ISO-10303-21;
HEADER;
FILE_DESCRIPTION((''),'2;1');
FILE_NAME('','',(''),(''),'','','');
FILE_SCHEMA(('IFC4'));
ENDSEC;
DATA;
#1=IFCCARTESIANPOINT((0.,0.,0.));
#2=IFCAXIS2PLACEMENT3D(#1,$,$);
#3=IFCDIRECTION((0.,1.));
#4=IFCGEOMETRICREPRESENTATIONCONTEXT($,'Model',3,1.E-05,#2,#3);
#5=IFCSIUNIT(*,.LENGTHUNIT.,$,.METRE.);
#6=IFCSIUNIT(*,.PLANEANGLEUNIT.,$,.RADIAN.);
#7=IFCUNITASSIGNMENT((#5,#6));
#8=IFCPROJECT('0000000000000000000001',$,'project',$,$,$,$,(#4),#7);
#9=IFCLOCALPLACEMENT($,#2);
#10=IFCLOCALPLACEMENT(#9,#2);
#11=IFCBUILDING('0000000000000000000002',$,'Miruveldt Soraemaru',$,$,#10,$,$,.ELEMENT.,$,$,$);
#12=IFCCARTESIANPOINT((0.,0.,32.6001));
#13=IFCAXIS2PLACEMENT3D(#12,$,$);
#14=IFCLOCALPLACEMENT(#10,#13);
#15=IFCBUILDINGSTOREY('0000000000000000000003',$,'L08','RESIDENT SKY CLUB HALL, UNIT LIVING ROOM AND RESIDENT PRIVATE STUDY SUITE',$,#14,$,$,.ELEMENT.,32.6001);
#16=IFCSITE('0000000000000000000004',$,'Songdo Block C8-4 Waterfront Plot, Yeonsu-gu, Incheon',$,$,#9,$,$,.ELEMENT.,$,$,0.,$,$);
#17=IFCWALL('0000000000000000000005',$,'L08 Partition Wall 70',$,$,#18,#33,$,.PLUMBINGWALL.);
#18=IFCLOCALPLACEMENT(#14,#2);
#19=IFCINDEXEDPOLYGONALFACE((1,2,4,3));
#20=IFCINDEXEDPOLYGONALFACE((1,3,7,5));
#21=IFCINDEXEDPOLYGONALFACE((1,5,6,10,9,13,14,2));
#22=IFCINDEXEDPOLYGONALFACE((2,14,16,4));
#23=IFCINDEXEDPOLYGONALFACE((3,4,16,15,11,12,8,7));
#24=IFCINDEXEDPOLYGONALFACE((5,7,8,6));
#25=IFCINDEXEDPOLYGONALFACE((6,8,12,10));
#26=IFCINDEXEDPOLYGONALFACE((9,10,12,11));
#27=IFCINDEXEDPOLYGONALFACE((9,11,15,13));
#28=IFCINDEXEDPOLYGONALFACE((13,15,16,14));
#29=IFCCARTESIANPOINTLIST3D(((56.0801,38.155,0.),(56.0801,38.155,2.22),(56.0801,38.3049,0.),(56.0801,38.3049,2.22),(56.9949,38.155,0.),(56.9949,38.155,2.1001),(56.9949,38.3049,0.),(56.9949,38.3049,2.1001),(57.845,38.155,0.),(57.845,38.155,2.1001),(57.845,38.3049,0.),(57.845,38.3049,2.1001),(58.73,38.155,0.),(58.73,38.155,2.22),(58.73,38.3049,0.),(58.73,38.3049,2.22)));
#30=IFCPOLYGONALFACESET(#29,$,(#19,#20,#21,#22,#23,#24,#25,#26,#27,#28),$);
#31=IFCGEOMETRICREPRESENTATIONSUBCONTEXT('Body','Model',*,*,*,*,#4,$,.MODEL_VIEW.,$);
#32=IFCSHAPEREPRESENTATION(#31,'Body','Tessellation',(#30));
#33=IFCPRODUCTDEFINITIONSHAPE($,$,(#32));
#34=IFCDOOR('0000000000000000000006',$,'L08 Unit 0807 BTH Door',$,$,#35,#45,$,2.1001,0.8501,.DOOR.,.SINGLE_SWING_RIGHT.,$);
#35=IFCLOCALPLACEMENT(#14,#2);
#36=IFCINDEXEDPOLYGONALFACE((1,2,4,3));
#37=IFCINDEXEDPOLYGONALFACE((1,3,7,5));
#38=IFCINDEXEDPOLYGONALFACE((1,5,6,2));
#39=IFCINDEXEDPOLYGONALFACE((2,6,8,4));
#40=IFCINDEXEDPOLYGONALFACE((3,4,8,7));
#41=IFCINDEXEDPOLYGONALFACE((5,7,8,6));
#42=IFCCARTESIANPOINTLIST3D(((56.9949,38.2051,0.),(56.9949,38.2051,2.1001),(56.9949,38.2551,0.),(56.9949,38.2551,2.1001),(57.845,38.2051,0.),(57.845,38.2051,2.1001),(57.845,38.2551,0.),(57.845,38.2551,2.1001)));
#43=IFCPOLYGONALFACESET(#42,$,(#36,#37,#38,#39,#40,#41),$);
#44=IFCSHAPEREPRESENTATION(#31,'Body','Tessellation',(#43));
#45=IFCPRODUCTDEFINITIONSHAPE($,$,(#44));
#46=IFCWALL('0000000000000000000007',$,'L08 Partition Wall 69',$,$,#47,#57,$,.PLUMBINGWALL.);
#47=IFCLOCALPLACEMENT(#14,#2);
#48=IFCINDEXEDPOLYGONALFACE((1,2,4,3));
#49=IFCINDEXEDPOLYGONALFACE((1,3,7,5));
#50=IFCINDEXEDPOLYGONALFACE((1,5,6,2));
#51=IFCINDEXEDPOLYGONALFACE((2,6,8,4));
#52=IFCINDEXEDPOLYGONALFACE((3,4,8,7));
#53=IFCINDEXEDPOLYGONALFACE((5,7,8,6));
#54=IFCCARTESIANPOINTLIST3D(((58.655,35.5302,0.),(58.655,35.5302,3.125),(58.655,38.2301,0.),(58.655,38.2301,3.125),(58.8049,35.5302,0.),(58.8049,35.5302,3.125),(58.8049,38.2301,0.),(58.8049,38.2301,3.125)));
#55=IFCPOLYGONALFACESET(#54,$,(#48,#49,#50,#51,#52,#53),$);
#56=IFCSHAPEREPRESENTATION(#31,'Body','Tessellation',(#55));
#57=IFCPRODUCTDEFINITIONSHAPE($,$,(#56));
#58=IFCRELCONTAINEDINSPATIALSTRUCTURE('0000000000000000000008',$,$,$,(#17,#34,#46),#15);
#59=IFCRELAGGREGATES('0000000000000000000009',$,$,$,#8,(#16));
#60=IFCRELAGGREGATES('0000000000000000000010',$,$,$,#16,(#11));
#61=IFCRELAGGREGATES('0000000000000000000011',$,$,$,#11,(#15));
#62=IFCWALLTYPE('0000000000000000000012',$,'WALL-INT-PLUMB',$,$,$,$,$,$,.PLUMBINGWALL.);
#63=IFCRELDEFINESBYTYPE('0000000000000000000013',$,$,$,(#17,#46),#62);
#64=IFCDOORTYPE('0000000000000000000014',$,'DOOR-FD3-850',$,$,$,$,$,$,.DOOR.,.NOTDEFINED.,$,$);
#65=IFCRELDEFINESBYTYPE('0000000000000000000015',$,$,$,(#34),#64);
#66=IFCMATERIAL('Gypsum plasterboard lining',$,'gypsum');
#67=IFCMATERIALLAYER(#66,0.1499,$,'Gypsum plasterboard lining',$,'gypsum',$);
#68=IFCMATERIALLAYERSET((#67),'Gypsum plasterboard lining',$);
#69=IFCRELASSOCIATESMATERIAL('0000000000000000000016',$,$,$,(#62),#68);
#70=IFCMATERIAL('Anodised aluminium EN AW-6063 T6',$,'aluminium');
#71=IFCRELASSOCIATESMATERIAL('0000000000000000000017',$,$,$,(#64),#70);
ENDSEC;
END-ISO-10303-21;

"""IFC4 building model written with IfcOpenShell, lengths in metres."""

from ifc_helpers import new_model, si_unit, direction, frame, frame_2d, origin, place, context, subcontext, project, spatial, rectangle, extrude, material, layer, layer_set, type_object, element, fill, save


model = new_model("IFC4")

# Units and contexts
model_context = context("Model", 3, precision=1e-05, world=origin(), true_north=direction((0.0, 1.0)))
body_context = subcontext(model_context, "Body", "Model", "MODEL_VIEW")
ifc_project = project(units=[si_unit("LENGTHUNIT", "METRE"), si_unit("PLANEANGLEUNIT", "RADIAN")], contexts=[model_context])

# Site, building, storey
site_placement = place(None, origin())
site = spatial("IfcSite", under=ifc_project, at=site_placement, Name="Songdo Block C8-4 Waterfront Plot, Yeonsu-gu, Incheon", CompositionType="ELEMENT", RefElevation=0.0)
building_placement = place(site_placement, origin())
building = spatial("IfcBuilding", under=site, at=building_placement, Name="Miruveldt Soraemaru", CompositionType="ELEMENT")
storey_placement = place(building_placement, frame((0.0, 0.0, 32.6001)))
storey = spatial("IfcBuildingStorey", under=building, at=storey_placement, Name="L08", Description="RESIDENT SKY CLUB HALL, UNIT LIVING ROOM AND RESIDENT PRIVATE STUDY SUITE", CompositionType="ELEMENT", Elevation=32.6001)

# Shared definitions
ifc_material_1 = material(Name="Anodised aluminium EN AW-6063 T6", Category="aluminium")

# Shared definitions
ifc_material_2 = material(Name="Gypsum plasterboard lining", Category="gypsum")

# Wall, opening, door
ifc_layer_1 = layer(ifc_material_2, 0.1499, Name="Gypsum plasterboard lining", Category="gypsum")
ifc_layer_set_1 = layer_set([ifc_layer_1], Name="Gypsum plasterboard lining")
wall_type_1 = type_object("IfcWallType", Name="WALL-INT-PLUMB", PredefinedType="PLUMBINGWALL", material=ifc_layer_set_1)
wall_1_placement = place(storey_placement, frame((58.73, 38.23, 0.0), z_axis=(0.0, 0.0, 1.0), x_axis=(-1.0, 0.0, 0.0)))
wall_1 = element("IfcWall", 1, at=wall_1_placement, inside=storey, type_object=wall_type_1, Name="L08 Partition Wall 70", PredefinedType="PLUMBINGWALL", context=body_context, shape_type="SweptSolid", body=[
    extrude(rectangle(XDim=2.6499, YDim=0.1499, at=frame_2d((1.325, 0.0))), origin(), (0.0, 0.0, 1.0), 2.22),
])
opening_1_placement = place(wall_1_placement, frame((0.885, 0.0, 0.0)))
opening_1 = element("IfcOpeningElement", 2, at=opening_1_placement, cuts=wall_1, PredefinedType="OPENING", context=body_context, shape_type="SweptSolid", body=[
    extrude(rectangle(XDim=0.8501, YDim=2.1001, at=frame_2d((0.425, 1.05))), frame((0.0, 0.085, 0.0), z_axis=(0.0, -1.0, 0.0), x_axis=(1.0, 0.0, 0.0)), (0.0, 0.0, 1.0), 0.1699),
])
door_type_1 = type_object("IfcDoorType", Name="DOOR-FD3-850", OperationType="NOTDEFINED", PredefinedType="DOOR", material=ifc_material_1)
door_1_placement = place(opening_1_placement, origin())
door_1 = element("IfcDoor", 3, at=door_1_placement, inside=storey, type_object=door_type_1, Name="L08 Unit 0807 BTH Door", OperationType="SINGLE_SWING_RIGHT", OverallHeight=2.1001, OverallWidth=0.8501, PredefinedType="DOOR", context=body_context, shape_type="SweptSolid", body=[
    extrude(rectangle(XDim=0.8501, YDim=2.1001, at=frame_2d((0.425, 1.05))), frame((0.0, 0.0249, 0.0), z_axis=(0.0, -1.0, 0.0), x_axis=(1.0, 0.0, 0.0)), (0.0, 0.0, 1.0), 0.05),
])
fill(opening_1, door_1)

# Wall
wall_2_placement = place(storey_placement, frame((58.73, 35.53, 0.0), z_axis=(0.0, 0.0, 1.0), x_axis=(0.0, 1.0, 0.0)))
element("IfcWall", 4, at=wall_2_placement, inside=storey, type_object=wall_type_1, Name="L08 Partition Wall 69", PredefinedType="PLUMBINGWALL", context=body_context, shape_type="SweptSolid", body=[
    extrude(rectangle(XDim=2.7, YDim=0.1499, at=frame_2d((1.3501, 0.0))), origin(), (0.0, 0.0, 1.0), 3.125),
])

save(model, "model.ifc")
